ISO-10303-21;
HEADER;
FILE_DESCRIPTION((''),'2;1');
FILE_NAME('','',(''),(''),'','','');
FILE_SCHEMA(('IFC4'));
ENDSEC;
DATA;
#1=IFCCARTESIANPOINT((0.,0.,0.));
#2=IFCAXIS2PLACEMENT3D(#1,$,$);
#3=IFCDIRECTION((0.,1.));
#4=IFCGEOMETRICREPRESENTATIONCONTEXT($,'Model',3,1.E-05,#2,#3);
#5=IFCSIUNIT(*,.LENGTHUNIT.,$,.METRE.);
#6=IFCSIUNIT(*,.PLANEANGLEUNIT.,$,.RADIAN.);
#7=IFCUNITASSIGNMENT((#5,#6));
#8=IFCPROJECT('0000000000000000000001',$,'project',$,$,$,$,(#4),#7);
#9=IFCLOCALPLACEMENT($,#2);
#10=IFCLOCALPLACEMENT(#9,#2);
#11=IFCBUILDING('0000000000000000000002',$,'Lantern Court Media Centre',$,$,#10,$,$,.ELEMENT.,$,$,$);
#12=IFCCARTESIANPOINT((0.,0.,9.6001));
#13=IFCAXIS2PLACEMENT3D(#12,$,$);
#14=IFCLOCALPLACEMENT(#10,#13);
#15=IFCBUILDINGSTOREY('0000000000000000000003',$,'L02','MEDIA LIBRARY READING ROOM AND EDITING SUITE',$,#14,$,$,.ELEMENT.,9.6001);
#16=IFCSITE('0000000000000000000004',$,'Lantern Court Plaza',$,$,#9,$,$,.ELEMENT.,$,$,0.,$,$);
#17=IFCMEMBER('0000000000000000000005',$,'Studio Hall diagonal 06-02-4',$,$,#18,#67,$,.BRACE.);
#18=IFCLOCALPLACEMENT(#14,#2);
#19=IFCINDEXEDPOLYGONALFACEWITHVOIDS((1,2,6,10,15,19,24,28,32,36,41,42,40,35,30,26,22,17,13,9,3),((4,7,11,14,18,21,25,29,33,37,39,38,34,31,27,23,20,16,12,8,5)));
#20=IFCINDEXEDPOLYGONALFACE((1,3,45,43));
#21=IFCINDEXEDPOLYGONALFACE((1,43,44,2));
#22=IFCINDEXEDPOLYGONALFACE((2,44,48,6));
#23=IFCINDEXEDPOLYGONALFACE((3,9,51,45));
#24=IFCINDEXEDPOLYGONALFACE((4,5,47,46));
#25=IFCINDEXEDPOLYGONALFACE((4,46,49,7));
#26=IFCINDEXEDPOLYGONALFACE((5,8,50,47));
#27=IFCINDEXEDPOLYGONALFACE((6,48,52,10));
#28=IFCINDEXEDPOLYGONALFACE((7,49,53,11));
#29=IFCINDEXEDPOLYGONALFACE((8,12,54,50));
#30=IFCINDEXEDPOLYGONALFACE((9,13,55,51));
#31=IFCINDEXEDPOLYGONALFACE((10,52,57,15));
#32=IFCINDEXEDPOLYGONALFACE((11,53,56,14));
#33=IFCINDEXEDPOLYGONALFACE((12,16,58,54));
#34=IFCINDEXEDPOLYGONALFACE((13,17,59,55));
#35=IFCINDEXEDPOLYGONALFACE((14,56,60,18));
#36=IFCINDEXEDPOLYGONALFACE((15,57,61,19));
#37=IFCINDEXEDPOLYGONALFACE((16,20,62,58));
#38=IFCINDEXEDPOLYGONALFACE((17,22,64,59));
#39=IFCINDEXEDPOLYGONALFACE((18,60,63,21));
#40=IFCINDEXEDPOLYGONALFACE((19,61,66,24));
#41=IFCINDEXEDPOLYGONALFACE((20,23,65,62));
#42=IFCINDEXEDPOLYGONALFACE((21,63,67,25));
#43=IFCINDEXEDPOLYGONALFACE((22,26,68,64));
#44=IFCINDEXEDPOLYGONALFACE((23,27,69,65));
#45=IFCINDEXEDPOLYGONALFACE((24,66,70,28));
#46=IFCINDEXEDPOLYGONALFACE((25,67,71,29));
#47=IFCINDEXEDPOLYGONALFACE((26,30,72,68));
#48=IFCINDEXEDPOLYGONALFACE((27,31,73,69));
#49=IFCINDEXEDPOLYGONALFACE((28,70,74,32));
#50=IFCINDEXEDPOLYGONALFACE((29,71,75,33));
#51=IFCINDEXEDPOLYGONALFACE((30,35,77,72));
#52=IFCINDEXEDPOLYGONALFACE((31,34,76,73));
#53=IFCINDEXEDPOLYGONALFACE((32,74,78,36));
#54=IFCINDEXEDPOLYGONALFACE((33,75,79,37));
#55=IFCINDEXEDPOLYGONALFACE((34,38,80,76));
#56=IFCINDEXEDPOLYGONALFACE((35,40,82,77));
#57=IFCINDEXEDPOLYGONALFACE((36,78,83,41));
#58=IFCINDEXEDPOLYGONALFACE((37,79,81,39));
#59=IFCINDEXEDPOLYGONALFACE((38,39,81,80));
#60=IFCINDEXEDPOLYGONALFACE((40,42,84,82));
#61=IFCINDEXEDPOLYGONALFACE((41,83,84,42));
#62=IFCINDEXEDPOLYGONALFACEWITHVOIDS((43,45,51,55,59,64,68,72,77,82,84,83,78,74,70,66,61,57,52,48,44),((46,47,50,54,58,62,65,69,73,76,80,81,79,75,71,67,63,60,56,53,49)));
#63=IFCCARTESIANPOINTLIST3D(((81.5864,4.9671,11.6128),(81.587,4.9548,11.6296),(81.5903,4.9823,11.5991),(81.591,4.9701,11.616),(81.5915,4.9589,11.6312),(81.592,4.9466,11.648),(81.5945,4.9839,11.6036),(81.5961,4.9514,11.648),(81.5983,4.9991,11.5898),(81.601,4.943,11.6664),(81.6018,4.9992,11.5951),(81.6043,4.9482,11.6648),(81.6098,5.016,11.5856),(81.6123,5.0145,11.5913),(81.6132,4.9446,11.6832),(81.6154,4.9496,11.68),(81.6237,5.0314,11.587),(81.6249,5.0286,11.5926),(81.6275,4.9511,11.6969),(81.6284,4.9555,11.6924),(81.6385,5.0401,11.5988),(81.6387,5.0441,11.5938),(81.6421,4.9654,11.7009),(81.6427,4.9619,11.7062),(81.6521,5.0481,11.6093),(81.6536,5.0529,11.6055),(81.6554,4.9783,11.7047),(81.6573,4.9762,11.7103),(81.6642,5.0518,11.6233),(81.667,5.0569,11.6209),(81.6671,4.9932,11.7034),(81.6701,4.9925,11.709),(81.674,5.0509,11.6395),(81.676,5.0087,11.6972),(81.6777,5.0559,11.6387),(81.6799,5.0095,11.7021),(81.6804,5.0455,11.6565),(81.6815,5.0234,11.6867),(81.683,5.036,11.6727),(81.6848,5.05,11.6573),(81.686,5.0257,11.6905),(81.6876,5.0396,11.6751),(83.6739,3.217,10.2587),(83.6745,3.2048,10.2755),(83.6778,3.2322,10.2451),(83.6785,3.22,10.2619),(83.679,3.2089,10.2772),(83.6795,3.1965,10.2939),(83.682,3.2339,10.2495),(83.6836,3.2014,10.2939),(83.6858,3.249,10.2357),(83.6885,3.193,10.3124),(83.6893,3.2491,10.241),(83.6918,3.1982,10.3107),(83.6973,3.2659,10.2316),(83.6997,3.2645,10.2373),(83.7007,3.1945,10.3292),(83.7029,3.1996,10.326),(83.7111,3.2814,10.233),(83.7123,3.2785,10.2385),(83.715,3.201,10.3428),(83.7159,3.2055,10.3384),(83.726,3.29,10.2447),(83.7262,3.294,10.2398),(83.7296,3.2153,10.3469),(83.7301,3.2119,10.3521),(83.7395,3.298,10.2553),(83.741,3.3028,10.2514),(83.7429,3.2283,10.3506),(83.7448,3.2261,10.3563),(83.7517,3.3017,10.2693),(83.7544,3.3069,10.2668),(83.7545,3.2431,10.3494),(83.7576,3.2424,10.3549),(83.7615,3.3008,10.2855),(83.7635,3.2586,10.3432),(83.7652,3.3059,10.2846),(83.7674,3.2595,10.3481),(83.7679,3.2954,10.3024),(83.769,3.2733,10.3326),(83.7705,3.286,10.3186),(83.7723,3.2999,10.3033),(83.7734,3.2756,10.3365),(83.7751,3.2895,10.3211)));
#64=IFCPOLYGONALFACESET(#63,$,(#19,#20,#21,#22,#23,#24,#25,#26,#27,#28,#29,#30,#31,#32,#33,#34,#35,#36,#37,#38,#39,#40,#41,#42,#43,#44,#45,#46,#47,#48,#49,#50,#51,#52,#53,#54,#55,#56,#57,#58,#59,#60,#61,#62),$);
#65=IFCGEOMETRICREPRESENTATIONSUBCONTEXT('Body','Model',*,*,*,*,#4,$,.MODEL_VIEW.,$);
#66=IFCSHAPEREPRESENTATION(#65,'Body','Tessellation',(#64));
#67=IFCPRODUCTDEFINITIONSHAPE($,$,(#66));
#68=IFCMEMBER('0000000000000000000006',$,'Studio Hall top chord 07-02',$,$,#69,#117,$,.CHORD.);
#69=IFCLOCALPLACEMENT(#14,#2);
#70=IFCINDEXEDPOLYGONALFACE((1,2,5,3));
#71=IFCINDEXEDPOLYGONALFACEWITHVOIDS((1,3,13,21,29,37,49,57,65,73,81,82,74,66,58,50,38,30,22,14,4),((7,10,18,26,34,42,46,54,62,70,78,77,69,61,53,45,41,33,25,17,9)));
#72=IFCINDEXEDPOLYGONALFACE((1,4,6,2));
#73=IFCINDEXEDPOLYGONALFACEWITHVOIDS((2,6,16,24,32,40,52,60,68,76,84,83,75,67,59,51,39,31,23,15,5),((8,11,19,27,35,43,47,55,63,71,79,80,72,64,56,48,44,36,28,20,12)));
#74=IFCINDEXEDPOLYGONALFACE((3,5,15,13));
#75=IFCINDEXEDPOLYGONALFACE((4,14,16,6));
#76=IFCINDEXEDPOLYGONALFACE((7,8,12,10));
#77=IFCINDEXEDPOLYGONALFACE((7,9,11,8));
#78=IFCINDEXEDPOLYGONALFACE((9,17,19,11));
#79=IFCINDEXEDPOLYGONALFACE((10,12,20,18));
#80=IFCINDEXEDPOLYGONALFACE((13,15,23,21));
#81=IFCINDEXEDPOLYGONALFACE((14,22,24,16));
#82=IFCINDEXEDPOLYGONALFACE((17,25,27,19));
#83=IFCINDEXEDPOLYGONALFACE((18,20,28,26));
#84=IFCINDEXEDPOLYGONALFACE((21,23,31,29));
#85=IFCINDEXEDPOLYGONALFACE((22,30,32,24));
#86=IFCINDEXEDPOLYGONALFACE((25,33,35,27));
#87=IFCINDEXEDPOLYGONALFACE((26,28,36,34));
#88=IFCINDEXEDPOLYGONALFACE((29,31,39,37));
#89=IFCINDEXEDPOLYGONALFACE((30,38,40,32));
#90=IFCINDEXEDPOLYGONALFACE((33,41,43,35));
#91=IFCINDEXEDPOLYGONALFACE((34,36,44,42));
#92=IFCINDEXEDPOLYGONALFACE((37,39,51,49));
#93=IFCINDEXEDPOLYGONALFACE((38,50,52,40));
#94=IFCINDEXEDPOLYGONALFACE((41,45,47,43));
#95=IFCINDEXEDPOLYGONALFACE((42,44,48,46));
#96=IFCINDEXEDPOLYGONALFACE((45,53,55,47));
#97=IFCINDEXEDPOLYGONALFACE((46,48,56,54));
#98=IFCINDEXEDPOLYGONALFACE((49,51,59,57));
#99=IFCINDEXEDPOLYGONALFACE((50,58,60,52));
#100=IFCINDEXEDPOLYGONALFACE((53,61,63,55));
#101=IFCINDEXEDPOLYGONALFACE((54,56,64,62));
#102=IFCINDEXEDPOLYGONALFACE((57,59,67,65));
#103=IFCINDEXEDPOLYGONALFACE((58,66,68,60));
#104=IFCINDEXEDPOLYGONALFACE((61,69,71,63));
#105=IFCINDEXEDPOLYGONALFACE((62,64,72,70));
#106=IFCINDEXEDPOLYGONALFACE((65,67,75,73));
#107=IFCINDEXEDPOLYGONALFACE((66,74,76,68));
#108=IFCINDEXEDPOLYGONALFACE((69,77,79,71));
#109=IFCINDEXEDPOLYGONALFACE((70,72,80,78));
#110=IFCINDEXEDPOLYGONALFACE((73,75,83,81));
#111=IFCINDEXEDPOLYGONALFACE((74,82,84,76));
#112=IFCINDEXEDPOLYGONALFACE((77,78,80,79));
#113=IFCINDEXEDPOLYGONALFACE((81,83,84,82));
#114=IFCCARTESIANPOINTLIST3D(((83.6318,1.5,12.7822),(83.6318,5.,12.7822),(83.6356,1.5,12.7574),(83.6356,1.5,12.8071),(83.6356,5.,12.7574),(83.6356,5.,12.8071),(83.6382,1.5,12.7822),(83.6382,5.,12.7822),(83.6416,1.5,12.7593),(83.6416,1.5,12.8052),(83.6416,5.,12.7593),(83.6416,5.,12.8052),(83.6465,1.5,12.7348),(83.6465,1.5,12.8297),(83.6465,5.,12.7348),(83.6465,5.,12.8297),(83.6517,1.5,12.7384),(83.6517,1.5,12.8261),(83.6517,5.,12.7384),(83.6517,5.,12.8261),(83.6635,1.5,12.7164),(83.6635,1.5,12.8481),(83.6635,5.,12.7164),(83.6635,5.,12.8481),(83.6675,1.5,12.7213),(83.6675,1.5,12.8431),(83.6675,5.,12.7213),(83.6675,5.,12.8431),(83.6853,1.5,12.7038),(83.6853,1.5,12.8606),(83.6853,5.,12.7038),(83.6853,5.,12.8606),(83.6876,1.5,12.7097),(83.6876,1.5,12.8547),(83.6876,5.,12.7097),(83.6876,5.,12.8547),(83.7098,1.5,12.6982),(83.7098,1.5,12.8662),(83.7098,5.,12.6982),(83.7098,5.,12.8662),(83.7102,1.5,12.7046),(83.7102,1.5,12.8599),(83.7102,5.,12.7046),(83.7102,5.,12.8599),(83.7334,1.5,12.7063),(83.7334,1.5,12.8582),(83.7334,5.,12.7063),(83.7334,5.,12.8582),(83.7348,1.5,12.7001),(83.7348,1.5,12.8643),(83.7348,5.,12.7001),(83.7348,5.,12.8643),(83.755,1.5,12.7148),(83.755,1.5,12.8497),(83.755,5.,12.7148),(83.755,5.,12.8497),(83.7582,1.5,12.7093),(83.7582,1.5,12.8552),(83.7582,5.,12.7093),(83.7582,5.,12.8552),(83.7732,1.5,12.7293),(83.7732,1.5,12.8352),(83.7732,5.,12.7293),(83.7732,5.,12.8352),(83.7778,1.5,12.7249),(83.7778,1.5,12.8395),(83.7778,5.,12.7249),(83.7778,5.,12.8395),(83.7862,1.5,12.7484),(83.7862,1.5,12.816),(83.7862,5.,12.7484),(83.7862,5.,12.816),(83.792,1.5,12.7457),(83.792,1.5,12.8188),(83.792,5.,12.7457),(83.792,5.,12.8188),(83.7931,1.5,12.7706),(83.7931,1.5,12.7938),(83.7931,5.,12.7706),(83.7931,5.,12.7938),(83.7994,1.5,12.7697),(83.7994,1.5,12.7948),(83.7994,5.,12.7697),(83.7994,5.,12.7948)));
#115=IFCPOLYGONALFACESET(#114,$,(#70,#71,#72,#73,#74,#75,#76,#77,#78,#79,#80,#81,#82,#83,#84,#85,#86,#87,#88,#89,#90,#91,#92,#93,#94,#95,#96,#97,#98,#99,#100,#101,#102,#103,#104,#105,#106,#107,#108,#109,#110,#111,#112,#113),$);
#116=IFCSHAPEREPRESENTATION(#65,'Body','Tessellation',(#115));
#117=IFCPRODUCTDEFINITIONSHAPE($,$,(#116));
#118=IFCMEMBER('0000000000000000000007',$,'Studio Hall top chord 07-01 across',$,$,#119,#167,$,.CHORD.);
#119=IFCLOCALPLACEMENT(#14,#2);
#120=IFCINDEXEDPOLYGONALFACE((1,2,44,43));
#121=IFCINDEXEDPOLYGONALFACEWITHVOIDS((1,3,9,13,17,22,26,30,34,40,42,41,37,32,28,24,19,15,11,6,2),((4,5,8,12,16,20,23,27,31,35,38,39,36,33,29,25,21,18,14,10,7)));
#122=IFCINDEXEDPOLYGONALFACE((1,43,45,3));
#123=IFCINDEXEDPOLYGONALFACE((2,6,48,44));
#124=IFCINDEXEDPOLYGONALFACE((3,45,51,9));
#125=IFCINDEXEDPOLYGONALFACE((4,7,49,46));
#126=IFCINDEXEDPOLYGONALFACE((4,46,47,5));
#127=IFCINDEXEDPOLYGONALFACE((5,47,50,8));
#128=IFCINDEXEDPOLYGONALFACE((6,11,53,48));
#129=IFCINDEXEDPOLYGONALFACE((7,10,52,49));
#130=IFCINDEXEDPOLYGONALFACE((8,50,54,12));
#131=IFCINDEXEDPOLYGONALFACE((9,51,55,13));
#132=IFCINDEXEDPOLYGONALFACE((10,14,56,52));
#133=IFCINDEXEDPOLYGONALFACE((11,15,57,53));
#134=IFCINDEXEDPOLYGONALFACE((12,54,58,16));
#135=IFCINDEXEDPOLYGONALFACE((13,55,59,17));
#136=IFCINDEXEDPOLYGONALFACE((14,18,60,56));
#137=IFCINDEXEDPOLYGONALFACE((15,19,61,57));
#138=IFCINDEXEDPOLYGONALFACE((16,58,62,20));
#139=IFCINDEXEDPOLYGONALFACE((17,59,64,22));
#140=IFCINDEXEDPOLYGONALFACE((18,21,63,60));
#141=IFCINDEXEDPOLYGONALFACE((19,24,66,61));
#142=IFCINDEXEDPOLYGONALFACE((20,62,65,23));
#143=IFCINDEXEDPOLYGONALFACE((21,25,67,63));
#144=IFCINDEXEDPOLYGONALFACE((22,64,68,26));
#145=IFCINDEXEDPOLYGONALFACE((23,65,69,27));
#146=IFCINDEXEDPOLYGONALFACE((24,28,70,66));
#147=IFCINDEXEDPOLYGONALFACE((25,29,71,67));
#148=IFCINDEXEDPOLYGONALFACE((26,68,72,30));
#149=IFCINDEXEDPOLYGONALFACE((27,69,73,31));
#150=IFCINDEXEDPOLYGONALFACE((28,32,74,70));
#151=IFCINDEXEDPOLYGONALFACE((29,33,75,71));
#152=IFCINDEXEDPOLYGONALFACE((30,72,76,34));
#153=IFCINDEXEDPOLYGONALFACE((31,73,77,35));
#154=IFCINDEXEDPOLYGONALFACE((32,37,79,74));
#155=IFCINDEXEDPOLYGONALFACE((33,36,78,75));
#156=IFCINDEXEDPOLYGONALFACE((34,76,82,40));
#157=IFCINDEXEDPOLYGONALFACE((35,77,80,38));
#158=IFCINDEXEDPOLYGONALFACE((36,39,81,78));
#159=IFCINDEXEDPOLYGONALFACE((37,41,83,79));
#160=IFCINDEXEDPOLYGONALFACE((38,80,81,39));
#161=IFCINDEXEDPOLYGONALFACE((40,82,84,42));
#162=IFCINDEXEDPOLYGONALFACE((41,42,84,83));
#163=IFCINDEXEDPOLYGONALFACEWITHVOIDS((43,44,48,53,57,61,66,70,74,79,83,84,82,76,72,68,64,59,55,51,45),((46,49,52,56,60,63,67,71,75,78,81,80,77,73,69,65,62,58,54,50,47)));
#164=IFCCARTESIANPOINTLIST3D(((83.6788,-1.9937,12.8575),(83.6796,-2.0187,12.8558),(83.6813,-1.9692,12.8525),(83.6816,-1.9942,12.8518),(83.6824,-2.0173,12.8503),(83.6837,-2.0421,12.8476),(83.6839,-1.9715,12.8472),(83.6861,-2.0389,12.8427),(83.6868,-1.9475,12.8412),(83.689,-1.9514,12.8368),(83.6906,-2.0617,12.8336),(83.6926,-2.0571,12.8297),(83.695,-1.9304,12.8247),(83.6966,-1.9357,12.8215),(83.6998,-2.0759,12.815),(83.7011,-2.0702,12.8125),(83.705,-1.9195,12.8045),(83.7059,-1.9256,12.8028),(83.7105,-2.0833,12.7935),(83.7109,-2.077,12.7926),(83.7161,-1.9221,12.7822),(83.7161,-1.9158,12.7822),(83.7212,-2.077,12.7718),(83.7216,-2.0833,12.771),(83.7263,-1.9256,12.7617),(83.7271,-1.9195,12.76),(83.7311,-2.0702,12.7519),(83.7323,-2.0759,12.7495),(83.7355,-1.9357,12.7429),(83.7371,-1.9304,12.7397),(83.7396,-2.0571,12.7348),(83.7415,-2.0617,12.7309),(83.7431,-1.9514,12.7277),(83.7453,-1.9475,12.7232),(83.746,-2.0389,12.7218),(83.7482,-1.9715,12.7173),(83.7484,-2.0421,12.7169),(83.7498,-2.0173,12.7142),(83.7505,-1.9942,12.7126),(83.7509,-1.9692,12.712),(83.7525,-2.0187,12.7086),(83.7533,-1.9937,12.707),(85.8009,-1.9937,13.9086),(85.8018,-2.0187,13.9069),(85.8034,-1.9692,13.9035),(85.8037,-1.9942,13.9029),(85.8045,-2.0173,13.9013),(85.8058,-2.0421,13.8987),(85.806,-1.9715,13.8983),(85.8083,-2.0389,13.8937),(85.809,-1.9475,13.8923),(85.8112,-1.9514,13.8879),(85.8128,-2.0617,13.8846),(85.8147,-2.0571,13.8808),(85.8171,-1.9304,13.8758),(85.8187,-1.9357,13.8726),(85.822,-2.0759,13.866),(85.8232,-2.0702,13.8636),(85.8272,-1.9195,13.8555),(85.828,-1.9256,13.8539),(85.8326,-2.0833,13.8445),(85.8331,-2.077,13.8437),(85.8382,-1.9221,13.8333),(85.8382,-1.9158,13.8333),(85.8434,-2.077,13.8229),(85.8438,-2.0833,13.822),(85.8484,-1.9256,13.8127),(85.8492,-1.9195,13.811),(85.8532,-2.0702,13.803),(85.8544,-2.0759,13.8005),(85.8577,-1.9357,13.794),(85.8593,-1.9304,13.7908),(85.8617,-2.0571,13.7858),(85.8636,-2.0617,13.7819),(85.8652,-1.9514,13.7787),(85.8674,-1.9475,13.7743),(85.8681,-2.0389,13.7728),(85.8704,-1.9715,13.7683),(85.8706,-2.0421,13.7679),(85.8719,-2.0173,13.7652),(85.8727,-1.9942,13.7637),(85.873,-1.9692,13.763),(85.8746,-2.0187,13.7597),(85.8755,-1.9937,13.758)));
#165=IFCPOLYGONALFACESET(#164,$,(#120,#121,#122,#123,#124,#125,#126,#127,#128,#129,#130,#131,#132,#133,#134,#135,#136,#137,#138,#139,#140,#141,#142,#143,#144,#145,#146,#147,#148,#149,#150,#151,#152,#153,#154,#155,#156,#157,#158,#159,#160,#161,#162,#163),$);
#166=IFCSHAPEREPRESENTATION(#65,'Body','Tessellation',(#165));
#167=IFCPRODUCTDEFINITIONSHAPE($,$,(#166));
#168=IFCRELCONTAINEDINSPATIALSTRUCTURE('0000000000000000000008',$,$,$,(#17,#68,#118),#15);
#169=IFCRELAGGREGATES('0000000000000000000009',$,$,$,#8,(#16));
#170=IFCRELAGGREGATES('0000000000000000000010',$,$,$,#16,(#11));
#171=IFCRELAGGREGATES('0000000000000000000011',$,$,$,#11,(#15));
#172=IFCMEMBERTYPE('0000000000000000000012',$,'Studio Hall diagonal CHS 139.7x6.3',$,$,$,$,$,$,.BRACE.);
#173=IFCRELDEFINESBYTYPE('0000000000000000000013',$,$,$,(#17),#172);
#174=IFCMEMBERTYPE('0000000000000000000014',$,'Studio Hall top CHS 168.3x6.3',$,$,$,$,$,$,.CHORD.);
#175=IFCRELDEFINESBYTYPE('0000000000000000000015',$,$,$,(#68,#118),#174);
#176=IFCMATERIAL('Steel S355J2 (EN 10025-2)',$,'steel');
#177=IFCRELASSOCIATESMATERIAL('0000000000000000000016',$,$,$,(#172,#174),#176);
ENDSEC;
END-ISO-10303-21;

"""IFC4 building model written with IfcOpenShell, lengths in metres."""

from ifc_helpers import new_model, si_unit, direction, frame, origin, origin_2d, place, context, subcontext, project, spatial, hollow_circle, extrude, material, material_profile, profile_set, type_object, element, save


model = new_model("IFC4")

# Units and contexts
model_context = context("Model", 3, precision=1e-05, world=origin(), true_north=direction((0.0, 1.0)))
body_context = subcontext(model_context, "Body", "Model", "MODEL_VIEW")
ifc_project = project(units=[si_unit("LENGTHUNIT", "METRE"), si_unit("PLANEANGLEUNIT", "RADIAN")], contexts=[model_context])

# Site, building, storey
site_placement = place(None, origin())
site = spatial("IfcSite", under=ifc_project, at=site_placement, Name="Lantern Court Plaza", CompositionType="ELEMENT", RefElevation=0.0)
building_placement = place(site_placement, origin())
building = spatial("IfcBuilding", under=site, at=building_placement, Name="Lantern Court Media Centre", CompositionType="ELEMENT")
storey_placement = place(building_placement, frame((0.0, 0.0, 9.6001)))
storey = spatial("IfcBuildingStorey", under=building, at=storey_placement, Name="L02", Description="MEDIA LIBRARY READING ROOM AND EDITING SUITE", CompositionType="ELEMENT", Elevation=9.6001)

# Members
ifc_material = material(Name="Steel S355J2 (EN 10025-2)", Category="steel")
ifc_material_profile_1 = material_profile(ifc_material, hollow_circle(Radius=0.0698, WallThickness=0.0063, at=origin_2d()), Name="Studio Hall diagonal CHS 139.7x6.3")
ifc_profile_set_1 = profile_set([ifc_material_profile_1], Name="Steel S355J2 (EN 10025-2)")
member_type_1 = type_object("IfcMemberType", Name="Studio Hall diagonal CHS 139.7x6.3", PredefinedType="BRACE", material=ifc_profile_set_1)
for number, where, z_axis, x_axis, name in (
    (1, (83.7244, 3.25, 10.2939), (-0.68622, 0.575301, 0.44512), (-0.642456, -0.766322, 0.0), "Studio Hall diagonal 06-02-4"),
):
    element("IfcMember", number, at=place(storey_placement, frame(where, z_axis=z_axis, x_axis=x_axis)), inside=storey, type_object=member_type_1, Name=name, PredefinedType="BRACE", context=body_context, shape_type="SweptSolid", body=[
        extrude(hollow_circle(Radius=0.0698, WallThickness=0.0063, at=origin_2d()), origin(), (0.0, 0.0, 1.0), 3.042),
    ])
ifc_material_profile_2 = material_profile(ifc_material, hollow_circle(Radius=0.0842, WallThickness=0.0063, at=origin_2d()), Name="Studio Hall top CHS 168.3x6.3")
ifc_profile_set_2 = profile_set([ifc_material_profile_2], Name="Steel S355J2 (EN 10025-2)")
member_type_2 = type_object("IfcMemberType", Name="Studio Hall top CHS 168.3x6.3", PredefinedType="CHORD", material=ifc_profile_set_2)
member_1_placement = place(storey_placement, frame((83.7161, 1.5, 12.7822), z_axis=(0.0, 1.0, 0.0), x_axis=(-1.0, 0.0, 0.0)))
element("IfcMember", 2, at=member_1_placement, inside=storey, type_object=member_type_2, Name="Studio Hall top chord 07-02", PredefinedType="CHORD", context=body_context, shape_type="SweptSolid", body=[
    extrude(hollow_circle(Radius=0.0842, WallThickness=0.0063, at=origin_2d()), origin(), (0.0, 0.0, 1.0), 3.5),
])
for number, where, z_axis, x_axis, name in (
    (3, (83.7161, -2.0, 12.7822), (0.896112, 0.0, 0.443829), (0.0, 1.0, 0.0), "Studio Hall top chord 07-01 across"),
):
    element("IfcMember", number, at=place(storey_placement, frame(where, z_axis=z_axis, x_axis=x_axis)), inside=storey, type_object=member_type_2, Name=name, PredefinedType="CHORD", context=body_context, shape_type="SweptSolid", body=[
        extrude(hollow_circle(Radius=0.0842, WallThickness=0.0063, at=origin_2d()), origin(), (0.0, 0.0, 1.0), 2.3682),
    ])

save(model, "model.ifc")
